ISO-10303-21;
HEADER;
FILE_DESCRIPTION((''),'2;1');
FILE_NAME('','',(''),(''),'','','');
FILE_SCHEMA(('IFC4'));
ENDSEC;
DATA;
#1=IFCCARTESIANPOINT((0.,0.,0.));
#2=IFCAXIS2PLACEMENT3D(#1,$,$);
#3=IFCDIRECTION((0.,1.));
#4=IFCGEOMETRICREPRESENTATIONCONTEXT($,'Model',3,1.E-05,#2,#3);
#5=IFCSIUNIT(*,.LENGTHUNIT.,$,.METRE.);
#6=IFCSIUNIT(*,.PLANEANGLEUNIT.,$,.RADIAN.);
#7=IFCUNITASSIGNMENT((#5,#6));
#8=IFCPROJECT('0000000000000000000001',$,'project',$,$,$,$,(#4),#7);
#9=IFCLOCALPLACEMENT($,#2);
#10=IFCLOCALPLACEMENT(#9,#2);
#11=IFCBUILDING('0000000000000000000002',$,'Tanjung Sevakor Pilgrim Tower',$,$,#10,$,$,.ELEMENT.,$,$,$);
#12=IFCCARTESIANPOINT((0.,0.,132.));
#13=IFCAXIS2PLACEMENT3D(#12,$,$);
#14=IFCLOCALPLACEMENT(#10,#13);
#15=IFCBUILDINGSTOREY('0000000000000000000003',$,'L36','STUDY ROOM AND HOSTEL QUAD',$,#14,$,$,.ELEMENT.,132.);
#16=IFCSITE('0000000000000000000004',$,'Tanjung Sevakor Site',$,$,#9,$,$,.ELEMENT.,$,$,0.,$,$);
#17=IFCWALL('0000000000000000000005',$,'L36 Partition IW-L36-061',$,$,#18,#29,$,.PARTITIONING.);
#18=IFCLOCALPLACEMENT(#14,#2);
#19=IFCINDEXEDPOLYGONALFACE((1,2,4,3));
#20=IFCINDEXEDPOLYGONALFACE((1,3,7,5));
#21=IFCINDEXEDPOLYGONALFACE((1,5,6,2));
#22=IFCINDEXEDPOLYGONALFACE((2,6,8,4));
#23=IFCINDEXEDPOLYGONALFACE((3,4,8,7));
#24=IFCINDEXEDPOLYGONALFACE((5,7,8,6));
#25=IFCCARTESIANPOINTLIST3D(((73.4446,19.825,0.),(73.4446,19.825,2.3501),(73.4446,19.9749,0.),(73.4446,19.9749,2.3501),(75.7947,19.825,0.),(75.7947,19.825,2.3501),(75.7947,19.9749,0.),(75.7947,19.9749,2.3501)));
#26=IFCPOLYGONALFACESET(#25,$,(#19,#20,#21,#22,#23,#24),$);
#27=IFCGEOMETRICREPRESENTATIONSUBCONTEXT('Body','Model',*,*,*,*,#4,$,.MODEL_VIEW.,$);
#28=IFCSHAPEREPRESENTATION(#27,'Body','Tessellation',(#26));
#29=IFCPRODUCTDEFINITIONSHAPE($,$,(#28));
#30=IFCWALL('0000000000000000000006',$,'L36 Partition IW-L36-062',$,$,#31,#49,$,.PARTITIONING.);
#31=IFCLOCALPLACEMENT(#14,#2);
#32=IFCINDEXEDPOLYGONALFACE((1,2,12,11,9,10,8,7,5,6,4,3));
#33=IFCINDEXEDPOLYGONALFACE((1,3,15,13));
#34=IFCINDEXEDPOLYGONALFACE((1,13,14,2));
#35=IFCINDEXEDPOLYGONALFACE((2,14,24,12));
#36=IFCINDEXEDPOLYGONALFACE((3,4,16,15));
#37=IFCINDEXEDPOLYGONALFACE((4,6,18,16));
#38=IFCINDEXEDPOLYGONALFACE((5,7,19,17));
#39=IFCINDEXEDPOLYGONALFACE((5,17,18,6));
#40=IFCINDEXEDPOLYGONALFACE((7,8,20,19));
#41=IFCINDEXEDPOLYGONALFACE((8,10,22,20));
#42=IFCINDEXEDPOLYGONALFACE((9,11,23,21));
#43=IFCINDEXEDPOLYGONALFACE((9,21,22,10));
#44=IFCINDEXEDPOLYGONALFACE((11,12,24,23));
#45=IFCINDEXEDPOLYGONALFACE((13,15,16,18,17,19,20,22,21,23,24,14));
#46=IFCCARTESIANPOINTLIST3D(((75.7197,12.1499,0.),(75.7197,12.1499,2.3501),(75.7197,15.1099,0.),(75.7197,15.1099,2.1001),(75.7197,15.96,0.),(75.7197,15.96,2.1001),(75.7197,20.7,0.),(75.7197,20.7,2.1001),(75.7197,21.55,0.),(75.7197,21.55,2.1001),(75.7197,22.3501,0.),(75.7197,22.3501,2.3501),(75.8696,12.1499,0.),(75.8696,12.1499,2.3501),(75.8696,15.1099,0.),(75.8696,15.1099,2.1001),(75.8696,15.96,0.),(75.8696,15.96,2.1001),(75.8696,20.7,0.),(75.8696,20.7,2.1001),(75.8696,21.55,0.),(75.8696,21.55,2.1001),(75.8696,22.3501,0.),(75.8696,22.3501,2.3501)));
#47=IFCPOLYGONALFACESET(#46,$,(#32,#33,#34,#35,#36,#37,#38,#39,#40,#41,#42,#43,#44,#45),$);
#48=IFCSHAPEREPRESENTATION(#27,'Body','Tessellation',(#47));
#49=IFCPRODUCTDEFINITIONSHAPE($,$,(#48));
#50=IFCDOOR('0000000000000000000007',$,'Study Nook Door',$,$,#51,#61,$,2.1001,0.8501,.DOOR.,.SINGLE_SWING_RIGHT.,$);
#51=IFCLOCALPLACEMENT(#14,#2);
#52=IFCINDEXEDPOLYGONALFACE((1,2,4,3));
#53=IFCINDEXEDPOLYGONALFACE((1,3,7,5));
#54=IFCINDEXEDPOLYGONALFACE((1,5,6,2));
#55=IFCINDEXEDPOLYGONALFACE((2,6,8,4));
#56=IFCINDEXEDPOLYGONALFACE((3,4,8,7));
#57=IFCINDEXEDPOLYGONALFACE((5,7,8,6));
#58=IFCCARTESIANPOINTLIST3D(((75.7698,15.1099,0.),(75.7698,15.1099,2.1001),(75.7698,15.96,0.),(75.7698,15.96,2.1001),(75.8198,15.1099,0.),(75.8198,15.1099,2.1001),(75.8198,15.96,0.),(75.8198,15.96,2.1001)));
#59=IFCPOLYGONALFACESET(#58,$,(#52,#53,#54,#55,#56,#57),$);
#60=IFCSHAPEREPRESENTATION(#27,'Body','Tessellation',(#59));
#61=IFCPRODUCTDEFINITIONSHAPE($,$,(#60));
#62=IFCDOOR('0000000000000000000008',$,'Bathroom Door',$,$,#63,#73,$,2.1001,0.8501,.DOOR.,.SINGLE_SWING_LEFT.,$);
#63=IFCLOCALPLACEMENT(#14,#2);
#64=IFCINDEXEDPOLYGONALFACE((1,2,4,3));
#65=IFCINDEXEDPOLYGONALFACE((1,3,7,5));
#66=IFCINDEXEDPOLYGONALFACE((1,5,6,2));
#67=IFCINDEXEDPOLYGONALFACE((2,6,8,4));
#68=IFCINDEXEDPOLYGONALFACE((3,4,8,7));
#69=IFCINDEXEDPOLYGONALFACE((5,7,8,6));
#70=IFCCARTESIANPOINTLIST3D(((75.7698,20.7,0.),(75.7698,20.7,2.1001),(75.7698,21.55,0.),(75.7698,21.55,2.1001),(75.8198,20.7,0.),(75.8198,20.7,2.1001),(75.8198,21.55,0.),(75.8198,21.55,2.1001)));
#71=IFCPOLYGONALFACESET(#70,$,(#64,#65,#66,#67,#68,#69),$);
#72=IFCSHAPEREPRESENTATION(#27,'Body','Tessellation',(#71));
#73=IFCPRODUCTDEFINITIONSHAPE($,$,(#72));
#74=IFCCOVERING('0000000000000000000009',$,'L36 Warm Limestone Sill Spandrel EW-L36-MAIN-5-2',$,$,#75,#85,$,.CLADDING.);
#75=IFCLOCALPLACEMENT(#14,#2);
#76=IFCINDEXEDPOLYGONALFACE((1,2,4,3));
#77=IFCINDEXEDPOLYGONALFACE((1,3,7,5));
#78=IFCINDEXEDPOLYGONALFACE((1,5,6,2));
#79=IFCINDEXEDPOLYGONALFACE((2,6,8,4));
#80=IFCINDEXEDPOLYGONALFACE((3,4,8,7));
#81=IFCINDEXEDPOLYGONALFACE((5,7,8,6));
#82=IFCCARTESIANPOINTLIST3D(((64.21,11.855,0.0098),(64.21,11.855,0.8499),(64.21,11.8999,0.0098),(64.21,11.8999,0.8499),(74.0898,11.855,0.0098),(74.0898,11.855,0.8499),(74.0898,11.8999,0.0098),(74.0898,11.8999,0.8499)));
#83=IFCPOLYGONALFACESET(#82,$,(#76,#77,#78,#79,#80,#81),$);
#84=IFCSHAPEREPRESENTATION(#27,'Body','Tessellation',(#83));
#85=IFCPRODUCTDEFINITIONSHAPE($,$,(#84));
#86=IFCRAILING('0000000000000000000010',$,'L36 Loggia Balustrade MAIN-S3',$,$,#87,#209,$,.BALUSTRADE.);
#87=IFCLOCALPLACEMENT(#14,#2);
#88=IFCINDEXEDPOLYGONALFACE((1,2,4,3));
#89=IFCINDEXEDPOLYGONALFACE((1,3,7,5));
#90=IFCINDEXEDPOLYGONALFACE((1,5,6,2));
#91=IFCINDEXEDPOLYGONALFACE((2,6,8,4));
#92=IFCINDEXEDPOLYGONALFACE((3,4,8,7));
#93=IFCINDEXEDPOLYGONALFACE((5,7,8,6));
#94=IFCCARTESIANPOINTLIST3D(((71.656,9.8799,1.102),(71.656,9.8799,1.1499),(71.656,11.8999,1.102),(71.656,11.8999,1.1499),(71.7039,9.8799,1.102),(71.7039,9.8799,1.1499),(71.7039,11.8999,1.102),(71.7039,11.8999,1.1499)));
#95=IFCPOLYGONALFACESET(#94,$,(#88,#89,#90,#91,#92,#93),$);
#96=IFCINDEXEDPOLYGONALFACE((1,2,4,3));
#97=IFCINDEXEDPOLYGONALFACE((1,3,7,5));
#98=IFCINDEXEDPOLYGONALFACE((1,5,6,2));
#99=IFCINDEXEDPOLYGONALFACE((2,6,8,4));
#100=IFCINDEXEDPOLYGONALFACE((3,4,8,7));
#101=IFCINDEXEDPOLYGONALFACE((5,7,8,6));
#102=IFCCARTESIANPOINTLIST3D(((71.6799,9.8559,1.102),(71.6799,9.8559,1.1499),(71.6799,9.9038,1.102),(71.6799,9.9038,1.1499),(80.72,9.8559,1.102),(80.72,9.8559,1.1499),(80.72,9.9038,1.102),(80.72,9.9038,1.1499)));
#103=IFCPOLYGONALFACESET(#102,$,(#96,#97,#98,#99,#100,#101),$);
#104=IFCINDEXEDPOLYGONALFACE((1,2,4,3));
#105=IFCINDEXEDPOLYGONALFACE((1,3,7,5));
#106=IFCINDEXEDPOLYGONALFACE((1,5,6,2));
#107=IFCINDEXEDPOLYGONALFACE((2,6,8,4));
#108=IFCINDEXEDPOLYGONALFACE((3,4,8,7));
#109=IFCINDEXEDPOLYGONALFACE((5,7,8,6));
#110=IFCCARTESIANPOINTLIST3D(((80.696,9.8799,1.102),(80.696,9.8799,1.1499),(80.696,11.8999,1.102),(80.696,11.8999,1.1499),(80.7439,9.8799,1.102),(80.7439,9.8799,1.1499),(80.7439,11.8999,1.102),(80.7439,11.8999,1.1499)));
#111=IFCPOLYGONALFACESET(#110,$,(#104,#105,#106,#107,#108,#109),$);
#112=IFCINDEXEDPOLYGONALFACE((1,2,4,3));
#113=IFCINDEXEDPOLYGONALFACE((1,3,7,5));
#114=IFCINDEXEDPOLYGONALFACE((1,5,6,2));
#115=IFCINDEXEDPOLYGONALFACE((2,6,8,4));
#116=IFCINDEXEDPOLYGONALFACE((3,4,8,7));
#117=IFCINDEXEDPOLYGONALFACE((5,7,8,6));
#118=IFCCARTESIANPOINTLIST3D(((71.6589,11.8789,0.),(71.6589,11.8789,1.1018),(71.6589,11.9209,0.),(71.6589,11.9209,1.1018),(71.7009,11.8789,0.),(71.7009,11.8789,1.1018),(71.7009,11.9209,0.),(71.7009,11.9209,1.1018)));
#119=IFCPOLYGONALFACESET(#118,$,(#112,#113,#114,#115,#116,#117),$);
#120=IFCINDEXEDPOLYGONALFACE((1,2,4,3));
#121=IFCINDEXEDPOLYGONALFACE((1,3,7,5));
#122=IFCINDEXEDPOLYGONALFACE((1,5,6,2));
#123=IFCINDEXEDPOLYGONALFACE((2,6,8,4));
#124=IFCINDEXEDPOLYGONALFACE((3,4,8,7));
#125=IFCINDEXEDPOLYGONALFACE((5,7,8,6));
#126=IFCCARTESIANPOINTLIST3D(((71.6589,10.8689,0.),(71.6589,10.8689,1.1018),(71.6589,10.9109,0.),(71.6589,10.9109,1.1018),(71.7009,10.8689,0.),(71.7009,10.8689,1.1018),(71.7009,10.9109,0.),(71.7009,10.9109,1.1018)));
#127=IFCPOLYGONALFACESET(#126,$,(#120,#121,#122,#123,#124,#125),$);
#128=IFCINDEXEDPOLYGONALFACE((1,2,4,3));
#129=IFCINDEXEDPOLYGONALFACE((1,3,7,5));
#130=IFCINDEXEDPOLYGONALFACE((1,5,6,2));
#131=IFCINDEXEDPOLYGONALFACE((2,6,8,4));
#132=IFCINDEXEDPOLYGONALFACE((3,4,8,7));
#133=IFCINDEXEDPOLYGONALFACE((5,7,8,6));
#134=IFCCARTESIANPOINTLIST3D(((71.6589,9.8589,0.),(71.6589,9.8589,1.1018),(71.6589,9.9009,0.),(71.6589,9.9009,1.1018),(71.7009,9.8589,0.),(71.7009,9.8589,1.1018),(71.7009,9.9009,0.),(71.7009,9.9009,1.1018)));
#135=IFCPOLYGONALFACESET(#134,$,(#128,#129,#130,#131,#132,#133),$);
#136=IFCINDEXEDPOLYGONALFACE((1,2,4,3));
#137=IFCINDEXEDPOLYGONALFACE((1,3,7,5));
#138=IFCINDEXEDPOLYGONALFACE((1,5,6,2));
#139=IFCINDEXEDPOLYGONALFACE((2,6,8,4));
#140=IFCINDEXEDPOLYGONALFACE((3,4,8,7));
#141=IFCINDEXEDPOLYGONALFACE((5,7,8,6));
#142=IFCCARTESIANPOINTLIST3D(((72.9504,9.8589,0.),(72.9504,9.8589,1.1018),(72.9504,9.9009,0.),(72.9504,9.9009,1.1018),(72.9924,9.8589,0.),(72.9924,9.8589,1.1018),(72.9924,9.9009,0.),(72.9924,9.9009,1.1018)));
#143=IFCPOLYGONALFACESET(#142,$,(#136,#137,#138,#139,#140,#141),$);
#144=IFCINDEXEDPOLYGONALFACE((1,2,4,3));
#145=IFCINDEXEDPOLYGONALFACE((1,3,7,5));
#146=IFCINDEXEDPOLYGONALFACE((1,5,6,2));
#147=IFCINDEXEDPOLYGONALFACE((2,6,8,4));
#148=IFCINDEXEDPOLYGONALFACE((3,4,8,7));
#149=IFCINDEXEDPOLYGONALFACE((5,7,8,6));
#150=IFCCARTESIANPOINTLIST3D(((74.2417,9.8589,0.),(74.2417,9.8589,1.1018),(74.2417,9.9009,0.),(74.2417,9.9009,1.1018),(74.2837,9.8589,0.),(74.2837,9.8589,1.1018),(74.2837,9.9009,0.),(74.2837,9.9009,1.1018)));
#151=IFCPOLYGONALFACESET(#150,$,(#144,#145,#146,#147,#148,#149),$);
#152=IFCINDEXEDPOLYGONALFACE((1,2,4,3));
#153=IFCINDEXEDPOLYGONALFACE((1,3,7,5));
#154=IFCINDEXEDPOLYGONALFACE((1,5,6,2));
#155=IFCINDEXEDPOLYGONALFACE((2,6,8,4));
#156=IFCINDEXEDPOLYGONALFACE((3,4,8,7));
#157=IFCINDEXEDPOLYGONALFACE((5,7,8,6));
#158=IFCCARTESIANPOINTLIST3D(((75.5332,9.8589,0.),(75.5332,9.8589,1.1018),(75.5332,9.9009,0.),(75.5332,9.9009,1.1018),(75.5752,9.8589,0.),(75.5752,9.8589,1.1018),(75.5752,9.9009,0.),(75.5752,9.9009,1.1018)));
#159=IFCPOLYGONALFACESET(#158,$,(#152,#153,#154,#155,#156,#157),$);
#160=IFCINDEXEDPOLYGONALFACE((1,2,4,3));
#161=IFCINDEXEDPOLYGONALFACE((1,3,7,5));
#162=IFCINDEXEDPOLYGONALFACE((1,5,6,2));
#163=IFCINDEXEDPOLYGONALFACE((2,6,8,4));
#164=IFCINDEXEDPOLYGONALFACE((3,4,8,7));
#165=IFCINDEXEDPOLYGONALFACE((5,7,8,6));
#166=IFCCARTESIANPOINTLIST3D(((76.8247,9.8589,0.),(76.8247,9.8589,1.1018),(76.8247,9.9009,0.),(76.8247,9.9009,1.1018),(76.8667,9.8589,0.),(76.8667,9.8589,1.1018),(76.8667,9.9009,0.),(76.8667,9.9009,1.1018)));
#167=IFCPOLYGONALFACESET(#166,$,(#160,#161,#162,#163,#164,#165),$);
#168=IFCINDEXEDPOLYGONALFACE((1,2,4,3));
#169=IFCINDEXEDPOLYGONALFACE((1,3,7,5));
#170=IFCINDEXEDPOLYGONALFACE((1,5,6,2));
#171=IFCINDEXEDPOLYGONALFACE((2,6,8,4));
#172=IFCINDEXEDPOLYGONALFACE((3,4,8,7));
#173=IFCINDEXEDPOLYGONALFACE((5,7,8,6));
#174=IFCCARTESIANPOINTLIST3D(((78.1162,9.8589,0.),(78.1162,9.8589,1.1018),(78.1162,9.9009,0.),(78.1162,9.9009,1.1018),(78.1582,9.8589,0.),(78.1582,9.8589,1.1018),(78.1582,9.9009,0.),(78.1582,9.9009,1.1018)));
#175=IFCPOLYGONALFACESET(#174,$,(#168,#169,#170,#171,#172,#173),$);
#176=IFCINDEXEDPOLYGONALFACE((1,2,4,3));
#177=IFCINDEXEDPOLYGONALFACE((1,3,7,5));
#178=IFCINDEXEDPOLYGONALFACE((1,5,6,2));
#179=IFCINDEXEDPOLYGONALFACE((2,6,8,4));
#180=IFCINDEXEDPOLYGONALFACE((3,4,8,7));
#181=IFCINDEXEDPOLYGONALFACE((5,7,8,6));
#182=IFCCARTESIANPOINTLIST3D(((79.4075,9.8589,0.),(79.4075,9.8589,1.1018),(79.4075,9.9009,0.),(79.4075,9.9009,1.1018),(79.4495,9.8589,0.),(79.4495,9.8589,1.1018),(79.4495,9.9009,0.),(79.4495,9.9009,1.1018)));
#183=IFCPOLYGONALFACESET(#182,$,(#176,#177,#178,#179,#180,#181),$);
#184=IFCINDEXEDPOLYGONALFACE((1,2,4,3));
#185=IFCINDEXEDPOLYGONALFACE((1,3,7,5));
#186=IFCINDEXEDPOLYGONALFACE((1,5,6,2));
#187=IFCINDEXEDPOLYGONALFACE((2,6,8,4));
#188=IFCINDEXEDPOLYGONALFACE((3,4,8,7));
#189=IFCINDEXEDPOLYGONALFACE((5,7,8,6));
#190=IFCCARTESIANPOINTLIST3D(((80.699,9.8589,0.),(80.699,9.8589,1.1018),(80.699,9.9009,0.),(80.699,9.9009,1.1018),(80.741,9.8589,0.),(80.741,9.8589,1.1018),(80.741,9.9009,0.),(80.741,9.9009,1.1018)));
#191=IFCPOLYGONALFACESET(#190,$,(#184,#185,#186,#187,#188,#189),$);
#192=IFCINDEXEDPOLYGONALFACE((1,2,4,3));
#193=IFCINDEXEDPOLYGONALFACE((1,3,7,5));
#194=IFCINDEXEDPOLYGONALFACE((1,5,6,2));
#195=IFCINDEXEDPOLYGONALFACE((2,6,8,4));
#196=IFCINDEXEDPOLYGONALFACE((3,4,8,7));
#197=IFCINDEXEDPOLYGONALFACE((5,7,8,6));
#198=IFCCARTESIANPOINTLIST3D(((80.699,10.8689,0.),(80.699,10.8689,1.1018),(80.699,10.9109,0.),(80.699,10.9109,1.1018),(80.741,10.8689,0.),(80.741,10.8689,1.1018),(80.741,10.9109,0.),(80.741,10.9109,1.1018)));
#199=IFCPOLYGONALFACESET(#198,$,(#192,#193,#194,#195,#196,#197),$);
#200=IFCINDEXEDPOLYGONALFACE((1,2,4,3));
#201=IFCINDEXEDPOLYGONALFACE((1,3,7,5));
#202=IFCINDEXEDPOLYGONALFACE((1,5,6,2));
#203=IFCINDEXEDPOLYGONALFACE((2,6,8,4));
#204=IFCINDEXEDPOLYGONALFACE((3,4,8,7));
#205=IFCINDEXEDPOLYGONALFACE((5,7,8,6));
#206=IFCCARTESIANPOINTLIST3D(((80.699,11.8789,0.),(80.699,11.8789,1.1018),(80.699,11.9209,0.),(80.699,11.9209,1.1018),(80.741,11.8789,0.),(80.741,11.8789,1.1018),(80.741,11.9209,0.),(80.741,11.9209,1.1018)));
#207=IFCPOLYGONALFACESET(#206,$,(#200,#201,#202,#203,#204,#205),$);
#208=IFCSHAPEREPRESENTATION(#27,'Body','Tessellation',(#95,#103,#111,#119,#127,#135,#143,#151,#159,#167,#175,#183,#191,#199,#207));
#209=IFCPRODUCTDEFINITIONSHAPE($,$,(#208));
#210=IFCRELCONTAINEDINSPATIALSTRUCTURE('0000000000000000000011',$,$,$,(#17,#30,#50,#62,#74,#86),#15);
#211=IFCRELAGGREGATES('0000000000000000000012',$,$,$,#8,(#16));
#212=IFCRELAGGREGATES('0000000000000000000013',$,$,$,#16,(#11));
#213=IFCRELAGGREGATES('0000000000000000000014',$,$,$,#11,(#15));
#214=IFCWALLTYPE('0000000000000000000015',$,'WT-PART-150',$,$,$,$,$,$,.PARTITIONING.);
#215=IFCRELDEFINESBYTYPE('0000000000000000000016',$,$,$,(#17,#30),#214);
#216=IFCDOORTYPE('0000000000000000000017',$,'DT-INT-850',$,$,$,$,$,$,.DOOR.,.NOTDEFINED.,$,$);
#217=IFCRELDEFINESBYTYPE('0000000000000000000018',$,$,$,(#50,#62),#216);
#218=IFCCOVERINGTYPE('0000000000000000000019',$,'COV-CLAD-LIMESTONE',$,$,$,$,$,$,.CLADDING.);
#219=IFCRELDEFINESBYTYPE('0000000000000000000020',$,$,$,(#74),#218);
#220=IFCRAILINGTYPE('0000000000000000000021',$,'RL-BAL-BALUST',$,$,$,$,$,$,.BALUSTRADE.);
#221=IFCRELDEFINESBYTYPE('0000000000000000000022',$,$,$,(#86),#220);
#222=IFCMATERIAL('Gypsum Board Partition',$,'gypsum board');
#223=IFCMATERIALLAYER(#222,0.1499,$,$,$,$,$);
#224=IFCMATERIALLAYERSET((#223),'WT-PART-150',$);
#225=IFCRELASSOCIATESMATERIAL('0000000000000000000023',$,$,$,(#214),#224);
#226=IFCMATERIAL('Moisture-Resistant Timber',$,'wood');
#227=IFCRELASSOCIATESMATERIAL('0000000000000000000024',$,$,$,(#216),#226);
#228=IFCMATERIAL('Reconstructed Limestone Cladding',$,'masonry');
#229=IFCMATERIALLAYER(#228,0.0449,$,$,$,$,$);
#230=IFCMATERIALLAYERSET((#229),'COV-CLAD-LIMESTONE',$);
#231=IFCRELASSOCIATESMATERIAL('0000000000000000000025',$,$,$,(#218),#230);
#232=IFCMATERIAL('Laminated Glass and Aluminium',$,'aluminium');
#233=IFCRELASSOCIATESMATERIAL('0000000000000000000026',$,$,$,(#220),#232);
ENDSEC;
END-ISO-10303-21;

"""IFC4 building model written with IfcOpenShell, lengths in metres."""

from ifc_helpers import new_model, si_unit, direction, frame, frame_2d, origin, origin_2d, place, context, subcontext, project, spatial, rectangle, extrude, material, layer, layer_set, type_object, element, fill, save


model = new_model("IFC4")

# Units and contexts
model_context = context("Model", 3, precision=1e-05, world=origin(), true_north=direction((0.0, 1.0)))
body_context = subcontext(model_context, "Body", "Model", "MODEL_VIEW")
ifc_project = project(units=[si_unit("LENGTHUNIT", "METRE"), si_unit("PLANEANGLEUNIT", "RADIAN")], contexts=[model_context])

# Site, building, storey
site_placement = place(None, origin())
site = spatial("IfcSite", under=ifc_project, at=site_placement, Name="Tanjung Sevakor Site", CompositionType="ELEMENT", RefElevation=0.0)
building_placement = place(site_placement, origin())
building = spatial("IfcBuilding", under=site, at=building_placement, Name="Tanjung Sevakor Pilgrim Tower", CompositionType="ELEMENT")
storey_placement = place(building_placement, frame((0.0, 0.0, 132.0)))
storey = spatial("IfcBuildingStorey", under=building, at=storey_placement, Name="L36", Description="STUDY ROOM AND HOSTEL QUAD", CompositionType="ELEMENT", Elevation=132.0)

# Shared definitions
ifc_material_1 = material(Name="Gypsum Board Partition", Category="gypsum board")
ifc_layer_1 = layer(ifc_material_1, 0.1499)
ifc_layer_set_1 = layer_set([ifc_layer_1], Name="WT-PART-150")
wall_type_1 = type_object("IfcWallType", Name="WT-PART-150", PredefinedType="PARTITIONING", material=ifc_layer_set_1)

# Shared definitions
ifc_material_2 = material(Name="Moisture-Resistant Timber", Category="wood")
door_type_1 = type_object("IfcDoorType", Name="DT-INT-850", OperationType="NOTDEFINED", PredefinedType="DOOR", material=ifc_material_2)

# Wall
wall_1_placement = place(storey_placement, frame((73.4446, 19.8999, 0.0), z_axis=(0.0, 0.0, 1.0), x_axis=(1.0, 0.0, 0.0)))
element("IfcWall", 1, at=wall_1_placement, inside=storey, type_object=wall_type_1, Name="L36 Partition IW-L36-061", PredefinedType="PARTITIONING", context=body_context, shape_type="SweptSolid", body=[
    extrude(rectangle(XDim=2.3501, YDim=0.1499, at=frame_2d((1.175, 0.0))), origin(), (0.0, 0.0, 1.0), 2.3501),
])

# Wall, openings, doors
wall_2_placement = place(storey_placement, frame((75.7947, 12.1499, 0.0), z_axis=(0.0, 0.0, 1.0), x_axis=(0.0, 1.0, 0.0)))
wall_2 = element("IfcWall", 2, at=wall_2_placement, inside=storey, type_object=wall_type_1, Name="L36 Partition IW-L36-062", PredefinedType="PARTITIONING", context=body_context, shape_type="SweptSolid", body=[
    extrude(rectangle(XDim=10.2002, YDim=0.1499, at=frame_2d((5.1001, 0.0))), origin(), (0.0, 0.0, 1.0), 2.3501),
])
opening_1_placement = place(wall_2_placement, frame((2.96, 0.0, 0.0)))
opening_1 = element("IfcOpeningElement", 3, at=opening_1_placement, cuts=wall_2, PredefinedType="OPENING", context=body_context, shape_type="SweptSolid", body=[
    extrude(rectangle(XDim=0.8501, YDim=2.1001, at=frame_2d((0.425, 1.05))), frame((0.0, 0.085, 0.0), z_axis=(0.0, -1.0, 0.0), x_axis=(1.0, 0.0, 0.0)), (0.0, 0.0, 1.0), 0.1699),
])
opening_2_placement = place(wall_2_placement, frame((8.55, 0.0, 0.0)))
opening_2 = element("IfcOpeningElement", 4, at=opening_2_placement, cuts=wall_2, PredefinedType="OPENING", context=body_context, shape_type="SweptSolid", body=[
    extrude(rectangle(XDim=0.8501, YDim=2.1001, at=frame_2d((0.425, 1.05))), frame((0.0, 0.085, 0.0), z_axis=(0.0, -1.0, 0.0), x_axis=(1.0, 0.0, 0.0)), (0.0, 0.0, 1.0), 0.1699),
])
door_1_placement = place(opening_1_placement, origin())
door_1 = element("IfcDoor", 5, at=door_1_placement, inside=storey, type_object=door_type_1, Name="Study Nook Door", OperationType="SINGLE_SWING_RIGHT", OverallHeight=2.1001, OverallWidth=0.8501, PredefinedType="DOOR", context=body_context, shape_type="SweptSolid", body=[
    extrude(rectangle(XDim=0.8501, YDim=2.1001, at=frame_2d((0.425, 1.05))), frame((0.0, 0.0249, 0.0), z_axis=(0.0, -1.0, 0.0), x_axis=(1.0, 0.0, 0.0)), (0.0, 0.0, 1.0), 0.05),
])
fill(opening_1, door_1)
door_2_placement = place(opening_2_placement, origin())
door_2 = element("IfcDoor", 6, at=door_2_placement, inside=storey, type_object=door_type_1, Name="Bathroom Door", OperationType="SINGLE_SWING_LEFT", OverallHeight=2.1001, OverallWidth=0.8501, PredefinedType="DOOR", context=body_context, shape_type="SweptSolid", body=[
    extrude(rectangle(XDim=0.8501, YDim=2.1001, at=frame_2d((0.425, 1.05))), frame((0.0, 0.0249, 0.0), z_axis=(0.0, -1.0, 0.0), x_axis=(1.0, 0.0, 0.0)), (0.0, 0.0, 1.0), 0.05),
])
fill(opening_2, door_2)

# Covering
ifc_material_3 = material(Name="Reconstructed Limestone Cladding", Category="masonry")
ifc_layer_2 = layer(ifc_material_3, 0.0449)
ifc_layer_set_2 = layer_set([ifc_layer_2], Name="COV-CLAD-LIMESTONE")
covering_type = type_object("IfcCoveringType", Name="COV-CLAD-LIMESTONE", PredefinedType="CLADDING", material=ifc_layer_set_2)
covering_placement = place(storey_placement, frame((69.1499, 11.8774, 0.0098), z_axis=(0.0, 0.0, 1.0), x_axis=(1.0, 0.0, 0.0)))
element("IfcCovering", 7, at=covering_placement, inside=storey, type_object=covering_type, Name="L36 Warm Limestone Sill Spandrel EW-L36-MAIN-5-2", PredefinedType="CLADDING", context=body_context, shape_type="SweptSolid", body=[
    extrude(rectangle(XDim=9.8799, YDim=0.0449, at=origin_2d()), origin(), (0.0, 0.0, 1.0), 0.8401),
])

# Railing
ifc_material_4 = material(Name="Laminated Glass and Aluminium", Category="aluminium")
railing_type = type_object("IfcRailingType", Name="RL-BAL-BALUST", PredefinedType="BALUSTRADE", material=ifc_material_4)
railing_placement = place(storey_placement, frame((71.6799, 11.8999, 0.0)))
element("IfcRailing", 8, at=railing_placement, inside=storey, type_object=railing_type, Name="L36 Loggia Balustrade MAIN-S3", PredefinedType="BALUSTRADE", context=body_context, shape_type="SweptSolid", body=[
    extrude(rectangle(XDim=0.0479, YDim=0.0479), frame((0.0, 0.0, 1.126), z_axis=(0.0, -1.0, 0.0), x_axis=(1.0, 0.0, 0.0)), (0.0, 0.0, 1.0), 2.02),
    extrude(rectangle(XDim=0.0479, YDim=0.0479), frame((0.0, -2.02, 1.126), z_axis=(1.0, 0.0, 0.0), x_axis=(0.0, 1.0, 0.0)), (0.0, 0.0, 1.0), 9.04),
    extrude(rectangle(XDim=0.0479, YDim=0.0479), frame((9.04, -2.02, 1.126), z_axis=(0.0, 1.0, 0.0), x_axis=(-1.0, 0.0, 0.0)), (0.0, 0.0, 1.0), 2.02),
    extrude(rectangle(XDim=0.042, YDim=0.042), origin(), (0.0, 0.0, 1.0), 1.1018),
    extrude(rectangle(XDim=0.042, YDim=0.042), frame((0.0, -1.01, 0.0)), (0.0, 0.0, 1.0), 1.1018),
    extrude(rectangle(XDim=0.042, YDim=0.042), frame((0.0, -2.02, 0.0)), (0.0, 0.0, 1.0), 1.1018),
    extrude(rectangle(XDim=0.042, YDim=0.042), frame((1.2915, -2.02, 0.0)), (0.0, 0.0, 1.0), 1.1018),
    extrude(rectangle(XDim=0.042, YDim=0.042), frame((2.5828, -2.02, 0.0)), (0.0, 0.0, 1.0), 1.1018),
    extrude(rectangle(XDim=0.042, YDim=0.042), frame((3.8743, -2.02, 0.0)), (0.0, 0.0, 1.0), 1.1018),
    extrude(rectangle(XDim=0.042, YDim=0.042), frame((5.1658, -2.02, 0.0)), (0.0, 0.0, 1.0), 1.1018),
    extrude(rectangle(XDim=0.042, YDim=0.042), frame((6.4573, -2.02, 0.0)), (0.0, 0.0, 1.0), 1.1018),
    extrude(rectangle(XDim=0.042, YDim=0.042), frame((7.7485, -2.02, 0.0)), (0.0, 0.0, 1.0), 1.1018),
    extrude(rectangle(XDim=0.042, YDim=0.042), frame((9.04, -2.02, 0.0)), (0.0, 0.0, 1.0), 1.1018),
    extrude(rectangle(XDim=0.042, YDim=0.042), frame((9.04, -1.01, 0.0)), (0.0, 0.0, 1.0), 1.1018),
    extrude(rectangle(XDim=0.042, YDim=0.042), frame((9.04, 0.0, 0.0)), (0.0, 0.0, 1.0), 1.1018),
])

save(model, "model.ifc")
